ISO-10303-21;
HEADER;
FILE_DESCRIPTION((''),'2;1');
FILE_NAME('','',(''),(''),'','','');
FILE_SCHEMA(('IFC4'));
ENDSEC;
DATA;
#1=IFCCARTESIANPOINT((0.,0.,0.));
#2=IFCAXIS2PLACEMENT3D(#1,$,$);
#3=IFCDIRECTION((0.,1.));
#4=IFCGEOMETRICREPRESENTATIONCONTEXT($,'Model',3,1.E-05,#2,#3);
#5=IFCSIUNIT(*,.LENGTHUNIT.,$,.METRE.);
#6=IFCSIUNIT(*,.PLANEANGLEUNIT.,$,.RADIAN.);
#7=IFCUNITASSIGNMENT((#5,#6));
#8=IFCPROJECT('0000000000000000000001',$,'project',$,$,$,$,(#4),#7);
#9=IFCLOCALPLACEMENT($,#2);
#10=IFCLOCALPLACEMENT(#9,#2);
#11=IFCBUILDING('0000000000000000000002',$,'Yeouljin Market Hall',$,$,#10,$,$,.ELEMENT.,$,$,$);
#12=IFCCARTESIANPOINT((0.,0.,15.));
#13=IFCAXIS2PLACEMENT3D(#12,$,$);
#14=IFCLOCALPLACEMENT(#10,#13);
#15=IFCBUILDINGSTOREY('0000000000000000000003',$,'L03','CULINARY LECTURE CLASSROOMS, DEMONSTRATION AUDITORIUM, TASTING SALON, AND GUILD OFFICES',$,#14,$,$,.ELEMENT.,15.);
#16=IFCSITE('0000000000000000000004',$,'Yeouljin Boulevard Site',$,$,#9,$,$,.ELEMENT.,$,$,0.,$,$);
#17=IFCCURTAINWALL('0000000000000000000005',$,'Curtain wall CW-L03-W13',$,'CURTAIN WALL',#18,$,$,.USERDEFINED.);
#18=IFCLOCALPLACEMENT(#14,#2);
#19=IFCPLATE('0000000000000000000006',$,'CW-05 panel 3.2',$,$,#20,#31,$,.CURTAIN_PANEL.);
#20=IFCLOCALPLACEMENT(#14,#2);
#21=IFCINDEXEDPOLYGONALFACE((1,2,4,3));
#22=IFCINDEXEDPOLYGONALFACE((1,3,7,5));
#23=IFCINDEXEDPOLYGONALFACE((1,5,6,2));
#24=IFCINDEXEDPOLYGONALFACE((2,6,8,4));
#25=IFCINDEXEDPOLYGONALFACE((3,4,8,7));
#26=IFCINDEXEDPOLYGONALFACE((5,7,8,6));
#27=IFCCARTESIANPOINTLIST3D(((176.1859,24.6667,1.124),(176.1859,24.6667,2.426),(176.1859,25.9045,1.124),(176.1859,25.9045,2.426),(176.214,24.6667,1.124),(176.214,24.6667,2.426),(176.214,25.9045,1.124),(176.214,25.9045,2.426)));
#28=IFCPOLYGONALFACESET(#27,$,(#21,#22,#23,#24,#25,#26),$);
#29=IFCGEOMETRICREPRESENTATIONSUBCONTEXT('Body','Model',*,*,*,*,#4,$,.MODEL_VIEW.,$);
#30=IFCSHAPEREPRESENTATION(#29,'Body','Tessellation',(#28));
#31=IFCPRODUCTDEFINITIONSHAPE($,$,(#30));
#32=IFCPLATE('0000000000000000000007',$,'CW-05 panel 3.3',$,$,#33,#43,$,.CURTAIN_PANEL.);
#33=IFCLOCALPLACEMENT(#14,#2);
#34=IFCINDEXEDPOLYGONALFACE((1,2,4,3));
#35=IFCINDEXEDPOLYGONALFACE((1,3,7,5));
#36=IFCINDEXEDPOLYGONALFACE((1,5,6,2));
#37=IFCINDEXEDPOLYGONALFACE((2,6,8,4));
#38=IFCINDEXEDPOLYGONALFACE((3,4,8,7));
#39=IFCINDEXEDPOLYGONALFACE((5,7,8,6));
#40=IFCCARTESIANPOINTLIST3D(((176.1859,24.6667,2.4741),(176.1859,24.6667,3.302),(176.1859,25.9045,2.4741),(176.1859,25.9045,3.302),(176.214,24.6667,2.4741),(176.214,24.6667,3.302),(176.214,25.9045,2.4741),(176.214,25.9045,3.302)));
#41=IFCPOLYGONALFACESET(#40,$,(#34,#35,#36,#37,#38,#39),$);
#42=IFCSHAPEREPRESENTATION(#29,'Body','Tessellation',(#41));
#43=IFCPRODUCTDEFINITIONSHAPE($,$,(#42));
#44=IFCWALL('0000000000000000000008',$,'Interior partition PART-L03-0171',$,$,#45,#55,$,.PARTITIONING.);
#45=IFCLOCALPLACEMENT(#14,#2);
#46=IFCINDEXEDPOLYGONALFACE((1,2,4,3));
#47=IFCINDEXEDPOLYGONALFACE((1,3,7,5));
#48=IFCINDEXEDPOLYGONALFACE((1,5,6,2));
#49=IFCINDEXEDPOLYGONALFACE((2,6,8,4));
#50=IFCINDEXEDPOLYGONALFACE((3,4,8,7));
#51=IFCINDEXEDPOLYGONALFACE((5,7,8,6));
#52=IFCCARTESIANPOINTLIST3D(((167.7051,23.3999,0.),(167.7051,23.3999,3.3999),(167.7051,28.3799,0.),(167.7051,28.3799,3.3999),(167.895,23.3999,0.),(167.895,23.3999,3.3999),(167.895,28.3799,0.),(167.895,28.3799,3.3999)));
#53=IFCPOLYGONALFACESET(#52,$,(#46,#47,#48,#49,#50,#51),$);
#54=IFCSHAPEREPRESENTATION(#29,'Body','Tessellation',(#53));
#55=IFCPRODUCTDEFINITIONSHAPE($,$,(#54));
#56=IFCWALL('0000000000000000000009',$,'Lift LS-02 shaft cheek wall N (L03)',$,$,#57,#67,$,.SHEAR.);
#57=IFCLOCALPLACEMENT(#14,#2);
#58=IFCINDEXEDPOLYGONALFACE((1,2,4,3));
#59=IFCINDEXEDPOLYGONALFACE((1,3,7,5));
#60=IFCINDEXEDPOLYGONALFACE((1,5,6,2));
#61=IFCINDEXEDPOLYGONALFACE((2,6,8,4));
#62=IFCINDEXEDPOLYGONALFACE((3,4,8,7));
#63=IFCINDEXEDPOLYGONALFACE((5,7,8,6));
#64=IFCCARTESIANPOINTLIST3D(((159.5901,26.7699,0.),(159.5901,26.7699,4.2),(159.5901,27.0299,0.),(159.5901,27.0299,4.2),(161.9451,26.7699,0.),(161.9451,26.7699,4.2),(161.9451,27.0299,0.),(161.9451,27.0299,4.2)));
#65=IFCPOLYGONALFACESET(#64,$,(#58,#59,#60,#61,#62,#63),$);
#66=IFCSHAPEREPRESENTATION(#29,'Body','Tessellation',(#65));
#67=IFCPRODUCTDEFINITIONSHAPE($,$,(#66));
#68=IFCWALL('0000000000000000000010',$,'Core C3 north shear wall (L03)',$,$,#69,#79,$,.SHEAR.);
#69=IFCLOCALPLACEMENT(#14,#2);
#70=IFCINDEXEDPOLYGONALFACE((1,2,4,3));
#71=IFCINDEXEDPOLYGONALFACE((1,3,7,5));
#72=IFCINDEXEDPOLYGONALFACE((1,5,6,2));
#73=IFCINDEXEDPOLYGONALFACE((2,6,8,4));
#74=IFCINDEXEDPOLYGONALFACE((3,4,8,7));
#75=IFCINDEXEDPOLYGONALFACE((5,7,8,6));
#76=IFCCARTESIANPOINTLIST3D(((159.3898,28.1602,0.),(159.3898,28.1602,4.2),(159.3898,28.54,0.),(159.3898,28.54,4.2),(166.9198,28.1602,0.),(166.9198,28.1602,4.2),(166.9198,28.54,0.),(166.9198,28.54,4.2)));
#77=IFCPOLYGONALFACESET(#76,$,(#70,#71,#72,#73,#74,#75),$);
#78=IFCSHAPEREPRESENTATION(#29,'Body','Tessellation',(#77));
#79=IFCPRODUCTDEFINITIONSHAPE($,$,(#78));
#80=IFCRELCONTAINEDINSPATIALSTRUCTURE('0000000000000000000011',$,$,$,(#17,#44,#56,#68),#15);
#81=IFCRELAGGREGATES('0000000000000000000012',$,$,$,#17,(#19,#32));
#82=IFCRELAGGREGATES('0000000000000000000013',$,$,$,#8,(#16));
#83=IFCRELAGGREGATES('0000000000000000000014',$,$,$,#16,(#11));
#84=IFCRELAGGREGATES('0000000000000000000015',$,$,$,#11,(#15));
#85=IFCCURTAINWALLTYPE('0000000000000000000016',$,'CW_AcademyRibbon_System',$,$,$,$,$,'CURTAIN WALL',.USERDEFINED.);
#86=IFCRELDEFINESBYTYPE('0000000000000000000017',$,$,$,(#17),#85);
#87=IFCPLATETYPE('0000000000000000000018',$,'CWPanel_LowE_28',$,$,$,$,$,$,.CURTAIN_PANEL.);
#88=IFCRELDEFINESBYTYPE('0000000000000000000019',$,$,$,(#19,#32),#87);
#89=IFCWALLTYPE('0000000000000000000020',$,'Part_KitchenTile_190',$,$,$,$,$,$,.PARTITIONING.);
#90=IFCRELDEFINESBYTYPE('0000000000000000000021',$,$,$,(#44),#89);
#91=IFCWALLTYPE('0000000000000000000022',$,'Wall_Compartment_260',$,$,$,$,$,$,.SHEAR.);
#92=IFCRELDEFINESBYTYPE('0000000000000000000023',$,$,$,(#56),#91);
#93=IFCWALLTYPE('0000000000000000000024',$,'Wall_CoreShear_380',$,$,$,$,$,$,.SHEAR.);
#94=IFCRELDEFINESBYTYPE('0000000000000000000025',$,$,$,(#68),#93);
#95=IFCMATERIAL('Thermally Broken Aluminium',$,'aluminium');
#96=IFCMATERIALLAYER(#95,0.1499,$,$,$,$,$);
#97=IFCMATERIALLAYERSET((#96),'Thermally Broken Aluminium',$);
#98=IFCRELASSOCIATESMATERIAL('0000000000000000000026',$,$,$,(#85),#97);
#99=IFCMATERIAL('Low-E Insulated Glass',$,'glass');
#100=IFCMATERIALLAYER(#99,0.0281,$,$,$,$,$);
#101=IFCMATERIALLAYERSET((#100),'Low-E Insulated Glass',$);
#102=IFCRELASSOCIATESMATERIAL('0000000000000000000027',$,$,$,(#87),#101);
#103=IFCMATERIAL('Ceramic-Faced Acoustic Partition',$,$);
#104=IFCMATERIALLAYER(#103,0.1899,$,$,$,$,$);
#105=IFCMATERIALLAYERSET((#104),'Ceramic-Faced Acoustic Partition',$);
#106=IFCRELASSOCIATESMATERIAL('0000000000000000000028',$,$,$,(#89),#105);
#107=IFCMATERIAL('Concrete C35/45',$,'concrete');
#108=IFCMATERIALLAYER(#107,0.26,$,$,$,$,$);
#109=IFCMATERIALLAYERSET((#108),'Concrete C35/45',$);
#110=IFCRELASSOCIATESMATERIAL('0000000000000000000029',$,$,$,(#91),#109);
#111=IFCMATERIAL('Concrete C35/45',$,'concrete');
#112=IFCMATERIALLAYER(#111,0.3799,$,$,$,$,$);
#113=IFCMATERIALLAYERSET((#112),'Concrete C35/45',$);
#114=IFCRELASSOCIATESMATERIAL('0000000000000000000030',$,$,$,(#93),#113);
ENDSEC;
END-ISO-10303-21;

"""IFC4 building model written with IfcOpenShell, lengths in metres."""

from ifc_helpers import new_model, si_unit, direction, frame, frame_2d, origin, origin_2d, place, context, subcontext, project, spatial, rectangle, extrude, material, layer, layer_set, type_object, element, aggregate, save


model = new_model("IFC4")

# Units and contexts
model_context = context("Model", 3, precision=1e-05, world=origin(), true_north=direction((0.0, 1.0)))
body_context = subcontext(model_context, "Body", "Model", "MODEL_VIEW")
ifc_project = project(units=[si_unit("LENGTHUNIT", "METRE"), si_unit("PLANEANGLEUNIT", "RADIAN")], contexts=[model_context])

# Site, building, storey
site_placement = place(None, origin())
site = spatial("IfcSite", under=ifc_project, at=site_placement, Name="Yeouljin Boulevard Site", CompositionType="ELEMENT", RefElevation=0.0)
building_placement = place(site_placement, origin())
building = spatial("IfcBuilding", under=site, at=building_placement, Name="Yeouljin Market Hall", CompositionType="ELEMENT")
storey_placement = place(building_placement, frame((0.0, 0.0, 15.0)))
storey = spatial("IfcBuildingStorey", under=building, at=storey_placement, Name="L03", Description="CULINARY LECTURE CLASSROOMS, DEMONSTRATION AUDITORIUM, TASTING SALON, AND GUILD OFFICES", CompositionType="ELEMENT", Elevation=15.0)

# Curtain wall
ifc_material_1 = material(Name="Thermally Broken Aluminium", Category="aluminium")
ifc_layer_1 = layer(ifc_material_1, 0.1499)
ifc_layer_set_1 = layer_set([ifc_layer_1], Name="Thermally Broken Aluminium")
curtain_wall_type = type_object("IfcCurtainWallType", Name="CW_AcademyRibbon_System", ElementType="CURTAIN WALL", PredefinedType="USERDEFINED", material=ifc_layer_set_1)
curtain_wall_placement = place(storey_placement, origin())
curtain_wall = element("IfcCurtainWall", 1, at=curtain_wall_placement, inside=storey, type_object=curtain_wall_type, Name="Curtain wall CW-L03-W13", ObjectType="CURTAIN WALL", PredefinedType="USERDEFINED")

# Plates
ifc_material_2 = material(Name="Low-E Insulated Glass", Category="glass")
ifc_layer_2 = layer(ifc_material_2, 0.0281)
ifc_layer_set_2 = layer_set([ifc_layer_2], Name="Low-E Insulated Glass")
plate_type = type_object("IfcPlateType", Name="CWPanel_LowE_28", PredefinedType="CURTAIN_PANEL", material=ifc_layer_set_2)
plate_1_placement = place(storey_placement, frame((176.2, 25.2856, 1.124), z_axis=(0.0, 0.0, 1.0), x_axis=(0.0, -1.0, 0.0)))
plate_1 = element("IfcPlate", 2, at=plate_1_placement, type_object=plate_type, Name="CW-05 panel 3.2", PredefinedType="CURTAIN_PANEL", context=body_context, shape_type="SweptSolid", body=[
    extrude(rectangle(XDim=1.2378, YDim=0.0281, at=origin_2d()), origin(), (0.0, 0.0, 1.0), 1.302),
])
plate_2_placement = place(storey_placement, frame((176.2, 25.2856, 2.4741), z_axis=(0.0, 0.0, 1.0), x_axis=(0.0, -1.0, 0.0)))
plate_2 = element("IfcPlate", 3, at=plate_2_placement, type_object=plate_type, Name="CW-05 panel 3.3", PredefinedType="CURTAIN_PANEL", context=body_context, shape_type="SweptSolid", body=[
    extrude(rectangle(XDim=1.2378, YDim=0.0281, at=origin_2d()), origin(), (0.0, 0.0, 1.0), 0.8279),
])
aggregate(curtain_wall, [plate_1, plate_2])

# Walls
ifc_material_3 = material(Name="Ceramic-Faced Acoustic Partition")
ifc_layer_3 = layer(ifc_material_3, 0.1899)
ifc_layer_set_3 = layer_set([ifc_layer_3], Name="Ceramic-Faced Acoustic Partition")
wall_type_1 = type_object("IfcWallType", Name="Part_KitchenTile_190", PredefinedType="PARTITIONING", material=ifc_layer_set_3)
wall_1_placement = place(storey_placement, frame((167.8, 28.3799, 0.0), z_axis=(0.0, 0.0, 1.0), x_axis=(0.0, -1.0, 0.0)))
element("IfcWall", 4, at=wall_1_placement, inside=storey, type_object=wall_type_1, Name="Interior partition PART-L03-0171", PredefinedType="PARTITIONING", context=body_context, shape_type="SweptSolid", body=[
    extrude(rectangle(XDim=4.98, YDim=0.1899, at=frame_2d((2.49, 0.0))), origin(), (0.0, 0.0, 1.0), 3.3999),
])
ifc_material_4 = material(Name="Concrete C35/45", Category="concrete")
ifc_layer_4 = layer(ifc_material_4, 0.26)
ifc_layer_set_4 = layer_set([ifc_layer_4], Name="Concrete C35/45")
wall_type_2 = type_object("IfcWallType", Name="Wall_Compartment_260", PredefinedType="SHEAR", material=ifc_layer_set_4)
wall_2_placement = place(storey_placement, frame((159.5901, 26.8999, 0.0), z_axis=(0.0, 0.0, 1.0), x_axis=(1.0, 0.0, 0.0)))
element("IfcWall", 5, at=wall_2_placement, inside=storey, type_object=wall_type_2, Name="Lift LS-02 shaft cheek wall N (L03)", PredefinedType="SHEAR", context=body_context, shape_type="SweptSolid", body=[
    extrude(rectangle(XDim=2.355, YDim=0.26, at=frame_2d((1.1775, 0.0))), origin(), (0.0, 0.0, 1.0), 4.2),
])
ifc_material_5 = material(Name="Concrete C35/45", Category="concrete")
ifc_layer_5 = layer(ifc_material_5, 0.3799)
ifc_layer_set_5 = layer_set([ifc_layer_5], Name="Concrete C35/45")
wall_type_3 = type_object("IfcWallType", Name="Wall_CoreShear_380", PredefinedType="SHEAR", material=ifc_layer_set_5)
wall_3_placement = place(storey_placement, frame((166.9199, 28.3501, 0.0), z_axis=(0.0, 0.0, 1.0), x_axis=(-1.0, 0.0, 0.0)))
element("IfcWall", 6, at=wall_3_placement, inside=storey, type_object=wall_type_3, Name="Core C3 north shear wall (L03)", PredefinedType="SHEAR", context=body_context, shape_type="SweptSolid", body=[
    extrude(rectangle(XDim=7.53, YDim=0.3799, at=frame_2d((3.7651, 0.0))), origin(), (0.0, 0.0, 1.0), 4.2),
])

save(model, "model.ifc")
